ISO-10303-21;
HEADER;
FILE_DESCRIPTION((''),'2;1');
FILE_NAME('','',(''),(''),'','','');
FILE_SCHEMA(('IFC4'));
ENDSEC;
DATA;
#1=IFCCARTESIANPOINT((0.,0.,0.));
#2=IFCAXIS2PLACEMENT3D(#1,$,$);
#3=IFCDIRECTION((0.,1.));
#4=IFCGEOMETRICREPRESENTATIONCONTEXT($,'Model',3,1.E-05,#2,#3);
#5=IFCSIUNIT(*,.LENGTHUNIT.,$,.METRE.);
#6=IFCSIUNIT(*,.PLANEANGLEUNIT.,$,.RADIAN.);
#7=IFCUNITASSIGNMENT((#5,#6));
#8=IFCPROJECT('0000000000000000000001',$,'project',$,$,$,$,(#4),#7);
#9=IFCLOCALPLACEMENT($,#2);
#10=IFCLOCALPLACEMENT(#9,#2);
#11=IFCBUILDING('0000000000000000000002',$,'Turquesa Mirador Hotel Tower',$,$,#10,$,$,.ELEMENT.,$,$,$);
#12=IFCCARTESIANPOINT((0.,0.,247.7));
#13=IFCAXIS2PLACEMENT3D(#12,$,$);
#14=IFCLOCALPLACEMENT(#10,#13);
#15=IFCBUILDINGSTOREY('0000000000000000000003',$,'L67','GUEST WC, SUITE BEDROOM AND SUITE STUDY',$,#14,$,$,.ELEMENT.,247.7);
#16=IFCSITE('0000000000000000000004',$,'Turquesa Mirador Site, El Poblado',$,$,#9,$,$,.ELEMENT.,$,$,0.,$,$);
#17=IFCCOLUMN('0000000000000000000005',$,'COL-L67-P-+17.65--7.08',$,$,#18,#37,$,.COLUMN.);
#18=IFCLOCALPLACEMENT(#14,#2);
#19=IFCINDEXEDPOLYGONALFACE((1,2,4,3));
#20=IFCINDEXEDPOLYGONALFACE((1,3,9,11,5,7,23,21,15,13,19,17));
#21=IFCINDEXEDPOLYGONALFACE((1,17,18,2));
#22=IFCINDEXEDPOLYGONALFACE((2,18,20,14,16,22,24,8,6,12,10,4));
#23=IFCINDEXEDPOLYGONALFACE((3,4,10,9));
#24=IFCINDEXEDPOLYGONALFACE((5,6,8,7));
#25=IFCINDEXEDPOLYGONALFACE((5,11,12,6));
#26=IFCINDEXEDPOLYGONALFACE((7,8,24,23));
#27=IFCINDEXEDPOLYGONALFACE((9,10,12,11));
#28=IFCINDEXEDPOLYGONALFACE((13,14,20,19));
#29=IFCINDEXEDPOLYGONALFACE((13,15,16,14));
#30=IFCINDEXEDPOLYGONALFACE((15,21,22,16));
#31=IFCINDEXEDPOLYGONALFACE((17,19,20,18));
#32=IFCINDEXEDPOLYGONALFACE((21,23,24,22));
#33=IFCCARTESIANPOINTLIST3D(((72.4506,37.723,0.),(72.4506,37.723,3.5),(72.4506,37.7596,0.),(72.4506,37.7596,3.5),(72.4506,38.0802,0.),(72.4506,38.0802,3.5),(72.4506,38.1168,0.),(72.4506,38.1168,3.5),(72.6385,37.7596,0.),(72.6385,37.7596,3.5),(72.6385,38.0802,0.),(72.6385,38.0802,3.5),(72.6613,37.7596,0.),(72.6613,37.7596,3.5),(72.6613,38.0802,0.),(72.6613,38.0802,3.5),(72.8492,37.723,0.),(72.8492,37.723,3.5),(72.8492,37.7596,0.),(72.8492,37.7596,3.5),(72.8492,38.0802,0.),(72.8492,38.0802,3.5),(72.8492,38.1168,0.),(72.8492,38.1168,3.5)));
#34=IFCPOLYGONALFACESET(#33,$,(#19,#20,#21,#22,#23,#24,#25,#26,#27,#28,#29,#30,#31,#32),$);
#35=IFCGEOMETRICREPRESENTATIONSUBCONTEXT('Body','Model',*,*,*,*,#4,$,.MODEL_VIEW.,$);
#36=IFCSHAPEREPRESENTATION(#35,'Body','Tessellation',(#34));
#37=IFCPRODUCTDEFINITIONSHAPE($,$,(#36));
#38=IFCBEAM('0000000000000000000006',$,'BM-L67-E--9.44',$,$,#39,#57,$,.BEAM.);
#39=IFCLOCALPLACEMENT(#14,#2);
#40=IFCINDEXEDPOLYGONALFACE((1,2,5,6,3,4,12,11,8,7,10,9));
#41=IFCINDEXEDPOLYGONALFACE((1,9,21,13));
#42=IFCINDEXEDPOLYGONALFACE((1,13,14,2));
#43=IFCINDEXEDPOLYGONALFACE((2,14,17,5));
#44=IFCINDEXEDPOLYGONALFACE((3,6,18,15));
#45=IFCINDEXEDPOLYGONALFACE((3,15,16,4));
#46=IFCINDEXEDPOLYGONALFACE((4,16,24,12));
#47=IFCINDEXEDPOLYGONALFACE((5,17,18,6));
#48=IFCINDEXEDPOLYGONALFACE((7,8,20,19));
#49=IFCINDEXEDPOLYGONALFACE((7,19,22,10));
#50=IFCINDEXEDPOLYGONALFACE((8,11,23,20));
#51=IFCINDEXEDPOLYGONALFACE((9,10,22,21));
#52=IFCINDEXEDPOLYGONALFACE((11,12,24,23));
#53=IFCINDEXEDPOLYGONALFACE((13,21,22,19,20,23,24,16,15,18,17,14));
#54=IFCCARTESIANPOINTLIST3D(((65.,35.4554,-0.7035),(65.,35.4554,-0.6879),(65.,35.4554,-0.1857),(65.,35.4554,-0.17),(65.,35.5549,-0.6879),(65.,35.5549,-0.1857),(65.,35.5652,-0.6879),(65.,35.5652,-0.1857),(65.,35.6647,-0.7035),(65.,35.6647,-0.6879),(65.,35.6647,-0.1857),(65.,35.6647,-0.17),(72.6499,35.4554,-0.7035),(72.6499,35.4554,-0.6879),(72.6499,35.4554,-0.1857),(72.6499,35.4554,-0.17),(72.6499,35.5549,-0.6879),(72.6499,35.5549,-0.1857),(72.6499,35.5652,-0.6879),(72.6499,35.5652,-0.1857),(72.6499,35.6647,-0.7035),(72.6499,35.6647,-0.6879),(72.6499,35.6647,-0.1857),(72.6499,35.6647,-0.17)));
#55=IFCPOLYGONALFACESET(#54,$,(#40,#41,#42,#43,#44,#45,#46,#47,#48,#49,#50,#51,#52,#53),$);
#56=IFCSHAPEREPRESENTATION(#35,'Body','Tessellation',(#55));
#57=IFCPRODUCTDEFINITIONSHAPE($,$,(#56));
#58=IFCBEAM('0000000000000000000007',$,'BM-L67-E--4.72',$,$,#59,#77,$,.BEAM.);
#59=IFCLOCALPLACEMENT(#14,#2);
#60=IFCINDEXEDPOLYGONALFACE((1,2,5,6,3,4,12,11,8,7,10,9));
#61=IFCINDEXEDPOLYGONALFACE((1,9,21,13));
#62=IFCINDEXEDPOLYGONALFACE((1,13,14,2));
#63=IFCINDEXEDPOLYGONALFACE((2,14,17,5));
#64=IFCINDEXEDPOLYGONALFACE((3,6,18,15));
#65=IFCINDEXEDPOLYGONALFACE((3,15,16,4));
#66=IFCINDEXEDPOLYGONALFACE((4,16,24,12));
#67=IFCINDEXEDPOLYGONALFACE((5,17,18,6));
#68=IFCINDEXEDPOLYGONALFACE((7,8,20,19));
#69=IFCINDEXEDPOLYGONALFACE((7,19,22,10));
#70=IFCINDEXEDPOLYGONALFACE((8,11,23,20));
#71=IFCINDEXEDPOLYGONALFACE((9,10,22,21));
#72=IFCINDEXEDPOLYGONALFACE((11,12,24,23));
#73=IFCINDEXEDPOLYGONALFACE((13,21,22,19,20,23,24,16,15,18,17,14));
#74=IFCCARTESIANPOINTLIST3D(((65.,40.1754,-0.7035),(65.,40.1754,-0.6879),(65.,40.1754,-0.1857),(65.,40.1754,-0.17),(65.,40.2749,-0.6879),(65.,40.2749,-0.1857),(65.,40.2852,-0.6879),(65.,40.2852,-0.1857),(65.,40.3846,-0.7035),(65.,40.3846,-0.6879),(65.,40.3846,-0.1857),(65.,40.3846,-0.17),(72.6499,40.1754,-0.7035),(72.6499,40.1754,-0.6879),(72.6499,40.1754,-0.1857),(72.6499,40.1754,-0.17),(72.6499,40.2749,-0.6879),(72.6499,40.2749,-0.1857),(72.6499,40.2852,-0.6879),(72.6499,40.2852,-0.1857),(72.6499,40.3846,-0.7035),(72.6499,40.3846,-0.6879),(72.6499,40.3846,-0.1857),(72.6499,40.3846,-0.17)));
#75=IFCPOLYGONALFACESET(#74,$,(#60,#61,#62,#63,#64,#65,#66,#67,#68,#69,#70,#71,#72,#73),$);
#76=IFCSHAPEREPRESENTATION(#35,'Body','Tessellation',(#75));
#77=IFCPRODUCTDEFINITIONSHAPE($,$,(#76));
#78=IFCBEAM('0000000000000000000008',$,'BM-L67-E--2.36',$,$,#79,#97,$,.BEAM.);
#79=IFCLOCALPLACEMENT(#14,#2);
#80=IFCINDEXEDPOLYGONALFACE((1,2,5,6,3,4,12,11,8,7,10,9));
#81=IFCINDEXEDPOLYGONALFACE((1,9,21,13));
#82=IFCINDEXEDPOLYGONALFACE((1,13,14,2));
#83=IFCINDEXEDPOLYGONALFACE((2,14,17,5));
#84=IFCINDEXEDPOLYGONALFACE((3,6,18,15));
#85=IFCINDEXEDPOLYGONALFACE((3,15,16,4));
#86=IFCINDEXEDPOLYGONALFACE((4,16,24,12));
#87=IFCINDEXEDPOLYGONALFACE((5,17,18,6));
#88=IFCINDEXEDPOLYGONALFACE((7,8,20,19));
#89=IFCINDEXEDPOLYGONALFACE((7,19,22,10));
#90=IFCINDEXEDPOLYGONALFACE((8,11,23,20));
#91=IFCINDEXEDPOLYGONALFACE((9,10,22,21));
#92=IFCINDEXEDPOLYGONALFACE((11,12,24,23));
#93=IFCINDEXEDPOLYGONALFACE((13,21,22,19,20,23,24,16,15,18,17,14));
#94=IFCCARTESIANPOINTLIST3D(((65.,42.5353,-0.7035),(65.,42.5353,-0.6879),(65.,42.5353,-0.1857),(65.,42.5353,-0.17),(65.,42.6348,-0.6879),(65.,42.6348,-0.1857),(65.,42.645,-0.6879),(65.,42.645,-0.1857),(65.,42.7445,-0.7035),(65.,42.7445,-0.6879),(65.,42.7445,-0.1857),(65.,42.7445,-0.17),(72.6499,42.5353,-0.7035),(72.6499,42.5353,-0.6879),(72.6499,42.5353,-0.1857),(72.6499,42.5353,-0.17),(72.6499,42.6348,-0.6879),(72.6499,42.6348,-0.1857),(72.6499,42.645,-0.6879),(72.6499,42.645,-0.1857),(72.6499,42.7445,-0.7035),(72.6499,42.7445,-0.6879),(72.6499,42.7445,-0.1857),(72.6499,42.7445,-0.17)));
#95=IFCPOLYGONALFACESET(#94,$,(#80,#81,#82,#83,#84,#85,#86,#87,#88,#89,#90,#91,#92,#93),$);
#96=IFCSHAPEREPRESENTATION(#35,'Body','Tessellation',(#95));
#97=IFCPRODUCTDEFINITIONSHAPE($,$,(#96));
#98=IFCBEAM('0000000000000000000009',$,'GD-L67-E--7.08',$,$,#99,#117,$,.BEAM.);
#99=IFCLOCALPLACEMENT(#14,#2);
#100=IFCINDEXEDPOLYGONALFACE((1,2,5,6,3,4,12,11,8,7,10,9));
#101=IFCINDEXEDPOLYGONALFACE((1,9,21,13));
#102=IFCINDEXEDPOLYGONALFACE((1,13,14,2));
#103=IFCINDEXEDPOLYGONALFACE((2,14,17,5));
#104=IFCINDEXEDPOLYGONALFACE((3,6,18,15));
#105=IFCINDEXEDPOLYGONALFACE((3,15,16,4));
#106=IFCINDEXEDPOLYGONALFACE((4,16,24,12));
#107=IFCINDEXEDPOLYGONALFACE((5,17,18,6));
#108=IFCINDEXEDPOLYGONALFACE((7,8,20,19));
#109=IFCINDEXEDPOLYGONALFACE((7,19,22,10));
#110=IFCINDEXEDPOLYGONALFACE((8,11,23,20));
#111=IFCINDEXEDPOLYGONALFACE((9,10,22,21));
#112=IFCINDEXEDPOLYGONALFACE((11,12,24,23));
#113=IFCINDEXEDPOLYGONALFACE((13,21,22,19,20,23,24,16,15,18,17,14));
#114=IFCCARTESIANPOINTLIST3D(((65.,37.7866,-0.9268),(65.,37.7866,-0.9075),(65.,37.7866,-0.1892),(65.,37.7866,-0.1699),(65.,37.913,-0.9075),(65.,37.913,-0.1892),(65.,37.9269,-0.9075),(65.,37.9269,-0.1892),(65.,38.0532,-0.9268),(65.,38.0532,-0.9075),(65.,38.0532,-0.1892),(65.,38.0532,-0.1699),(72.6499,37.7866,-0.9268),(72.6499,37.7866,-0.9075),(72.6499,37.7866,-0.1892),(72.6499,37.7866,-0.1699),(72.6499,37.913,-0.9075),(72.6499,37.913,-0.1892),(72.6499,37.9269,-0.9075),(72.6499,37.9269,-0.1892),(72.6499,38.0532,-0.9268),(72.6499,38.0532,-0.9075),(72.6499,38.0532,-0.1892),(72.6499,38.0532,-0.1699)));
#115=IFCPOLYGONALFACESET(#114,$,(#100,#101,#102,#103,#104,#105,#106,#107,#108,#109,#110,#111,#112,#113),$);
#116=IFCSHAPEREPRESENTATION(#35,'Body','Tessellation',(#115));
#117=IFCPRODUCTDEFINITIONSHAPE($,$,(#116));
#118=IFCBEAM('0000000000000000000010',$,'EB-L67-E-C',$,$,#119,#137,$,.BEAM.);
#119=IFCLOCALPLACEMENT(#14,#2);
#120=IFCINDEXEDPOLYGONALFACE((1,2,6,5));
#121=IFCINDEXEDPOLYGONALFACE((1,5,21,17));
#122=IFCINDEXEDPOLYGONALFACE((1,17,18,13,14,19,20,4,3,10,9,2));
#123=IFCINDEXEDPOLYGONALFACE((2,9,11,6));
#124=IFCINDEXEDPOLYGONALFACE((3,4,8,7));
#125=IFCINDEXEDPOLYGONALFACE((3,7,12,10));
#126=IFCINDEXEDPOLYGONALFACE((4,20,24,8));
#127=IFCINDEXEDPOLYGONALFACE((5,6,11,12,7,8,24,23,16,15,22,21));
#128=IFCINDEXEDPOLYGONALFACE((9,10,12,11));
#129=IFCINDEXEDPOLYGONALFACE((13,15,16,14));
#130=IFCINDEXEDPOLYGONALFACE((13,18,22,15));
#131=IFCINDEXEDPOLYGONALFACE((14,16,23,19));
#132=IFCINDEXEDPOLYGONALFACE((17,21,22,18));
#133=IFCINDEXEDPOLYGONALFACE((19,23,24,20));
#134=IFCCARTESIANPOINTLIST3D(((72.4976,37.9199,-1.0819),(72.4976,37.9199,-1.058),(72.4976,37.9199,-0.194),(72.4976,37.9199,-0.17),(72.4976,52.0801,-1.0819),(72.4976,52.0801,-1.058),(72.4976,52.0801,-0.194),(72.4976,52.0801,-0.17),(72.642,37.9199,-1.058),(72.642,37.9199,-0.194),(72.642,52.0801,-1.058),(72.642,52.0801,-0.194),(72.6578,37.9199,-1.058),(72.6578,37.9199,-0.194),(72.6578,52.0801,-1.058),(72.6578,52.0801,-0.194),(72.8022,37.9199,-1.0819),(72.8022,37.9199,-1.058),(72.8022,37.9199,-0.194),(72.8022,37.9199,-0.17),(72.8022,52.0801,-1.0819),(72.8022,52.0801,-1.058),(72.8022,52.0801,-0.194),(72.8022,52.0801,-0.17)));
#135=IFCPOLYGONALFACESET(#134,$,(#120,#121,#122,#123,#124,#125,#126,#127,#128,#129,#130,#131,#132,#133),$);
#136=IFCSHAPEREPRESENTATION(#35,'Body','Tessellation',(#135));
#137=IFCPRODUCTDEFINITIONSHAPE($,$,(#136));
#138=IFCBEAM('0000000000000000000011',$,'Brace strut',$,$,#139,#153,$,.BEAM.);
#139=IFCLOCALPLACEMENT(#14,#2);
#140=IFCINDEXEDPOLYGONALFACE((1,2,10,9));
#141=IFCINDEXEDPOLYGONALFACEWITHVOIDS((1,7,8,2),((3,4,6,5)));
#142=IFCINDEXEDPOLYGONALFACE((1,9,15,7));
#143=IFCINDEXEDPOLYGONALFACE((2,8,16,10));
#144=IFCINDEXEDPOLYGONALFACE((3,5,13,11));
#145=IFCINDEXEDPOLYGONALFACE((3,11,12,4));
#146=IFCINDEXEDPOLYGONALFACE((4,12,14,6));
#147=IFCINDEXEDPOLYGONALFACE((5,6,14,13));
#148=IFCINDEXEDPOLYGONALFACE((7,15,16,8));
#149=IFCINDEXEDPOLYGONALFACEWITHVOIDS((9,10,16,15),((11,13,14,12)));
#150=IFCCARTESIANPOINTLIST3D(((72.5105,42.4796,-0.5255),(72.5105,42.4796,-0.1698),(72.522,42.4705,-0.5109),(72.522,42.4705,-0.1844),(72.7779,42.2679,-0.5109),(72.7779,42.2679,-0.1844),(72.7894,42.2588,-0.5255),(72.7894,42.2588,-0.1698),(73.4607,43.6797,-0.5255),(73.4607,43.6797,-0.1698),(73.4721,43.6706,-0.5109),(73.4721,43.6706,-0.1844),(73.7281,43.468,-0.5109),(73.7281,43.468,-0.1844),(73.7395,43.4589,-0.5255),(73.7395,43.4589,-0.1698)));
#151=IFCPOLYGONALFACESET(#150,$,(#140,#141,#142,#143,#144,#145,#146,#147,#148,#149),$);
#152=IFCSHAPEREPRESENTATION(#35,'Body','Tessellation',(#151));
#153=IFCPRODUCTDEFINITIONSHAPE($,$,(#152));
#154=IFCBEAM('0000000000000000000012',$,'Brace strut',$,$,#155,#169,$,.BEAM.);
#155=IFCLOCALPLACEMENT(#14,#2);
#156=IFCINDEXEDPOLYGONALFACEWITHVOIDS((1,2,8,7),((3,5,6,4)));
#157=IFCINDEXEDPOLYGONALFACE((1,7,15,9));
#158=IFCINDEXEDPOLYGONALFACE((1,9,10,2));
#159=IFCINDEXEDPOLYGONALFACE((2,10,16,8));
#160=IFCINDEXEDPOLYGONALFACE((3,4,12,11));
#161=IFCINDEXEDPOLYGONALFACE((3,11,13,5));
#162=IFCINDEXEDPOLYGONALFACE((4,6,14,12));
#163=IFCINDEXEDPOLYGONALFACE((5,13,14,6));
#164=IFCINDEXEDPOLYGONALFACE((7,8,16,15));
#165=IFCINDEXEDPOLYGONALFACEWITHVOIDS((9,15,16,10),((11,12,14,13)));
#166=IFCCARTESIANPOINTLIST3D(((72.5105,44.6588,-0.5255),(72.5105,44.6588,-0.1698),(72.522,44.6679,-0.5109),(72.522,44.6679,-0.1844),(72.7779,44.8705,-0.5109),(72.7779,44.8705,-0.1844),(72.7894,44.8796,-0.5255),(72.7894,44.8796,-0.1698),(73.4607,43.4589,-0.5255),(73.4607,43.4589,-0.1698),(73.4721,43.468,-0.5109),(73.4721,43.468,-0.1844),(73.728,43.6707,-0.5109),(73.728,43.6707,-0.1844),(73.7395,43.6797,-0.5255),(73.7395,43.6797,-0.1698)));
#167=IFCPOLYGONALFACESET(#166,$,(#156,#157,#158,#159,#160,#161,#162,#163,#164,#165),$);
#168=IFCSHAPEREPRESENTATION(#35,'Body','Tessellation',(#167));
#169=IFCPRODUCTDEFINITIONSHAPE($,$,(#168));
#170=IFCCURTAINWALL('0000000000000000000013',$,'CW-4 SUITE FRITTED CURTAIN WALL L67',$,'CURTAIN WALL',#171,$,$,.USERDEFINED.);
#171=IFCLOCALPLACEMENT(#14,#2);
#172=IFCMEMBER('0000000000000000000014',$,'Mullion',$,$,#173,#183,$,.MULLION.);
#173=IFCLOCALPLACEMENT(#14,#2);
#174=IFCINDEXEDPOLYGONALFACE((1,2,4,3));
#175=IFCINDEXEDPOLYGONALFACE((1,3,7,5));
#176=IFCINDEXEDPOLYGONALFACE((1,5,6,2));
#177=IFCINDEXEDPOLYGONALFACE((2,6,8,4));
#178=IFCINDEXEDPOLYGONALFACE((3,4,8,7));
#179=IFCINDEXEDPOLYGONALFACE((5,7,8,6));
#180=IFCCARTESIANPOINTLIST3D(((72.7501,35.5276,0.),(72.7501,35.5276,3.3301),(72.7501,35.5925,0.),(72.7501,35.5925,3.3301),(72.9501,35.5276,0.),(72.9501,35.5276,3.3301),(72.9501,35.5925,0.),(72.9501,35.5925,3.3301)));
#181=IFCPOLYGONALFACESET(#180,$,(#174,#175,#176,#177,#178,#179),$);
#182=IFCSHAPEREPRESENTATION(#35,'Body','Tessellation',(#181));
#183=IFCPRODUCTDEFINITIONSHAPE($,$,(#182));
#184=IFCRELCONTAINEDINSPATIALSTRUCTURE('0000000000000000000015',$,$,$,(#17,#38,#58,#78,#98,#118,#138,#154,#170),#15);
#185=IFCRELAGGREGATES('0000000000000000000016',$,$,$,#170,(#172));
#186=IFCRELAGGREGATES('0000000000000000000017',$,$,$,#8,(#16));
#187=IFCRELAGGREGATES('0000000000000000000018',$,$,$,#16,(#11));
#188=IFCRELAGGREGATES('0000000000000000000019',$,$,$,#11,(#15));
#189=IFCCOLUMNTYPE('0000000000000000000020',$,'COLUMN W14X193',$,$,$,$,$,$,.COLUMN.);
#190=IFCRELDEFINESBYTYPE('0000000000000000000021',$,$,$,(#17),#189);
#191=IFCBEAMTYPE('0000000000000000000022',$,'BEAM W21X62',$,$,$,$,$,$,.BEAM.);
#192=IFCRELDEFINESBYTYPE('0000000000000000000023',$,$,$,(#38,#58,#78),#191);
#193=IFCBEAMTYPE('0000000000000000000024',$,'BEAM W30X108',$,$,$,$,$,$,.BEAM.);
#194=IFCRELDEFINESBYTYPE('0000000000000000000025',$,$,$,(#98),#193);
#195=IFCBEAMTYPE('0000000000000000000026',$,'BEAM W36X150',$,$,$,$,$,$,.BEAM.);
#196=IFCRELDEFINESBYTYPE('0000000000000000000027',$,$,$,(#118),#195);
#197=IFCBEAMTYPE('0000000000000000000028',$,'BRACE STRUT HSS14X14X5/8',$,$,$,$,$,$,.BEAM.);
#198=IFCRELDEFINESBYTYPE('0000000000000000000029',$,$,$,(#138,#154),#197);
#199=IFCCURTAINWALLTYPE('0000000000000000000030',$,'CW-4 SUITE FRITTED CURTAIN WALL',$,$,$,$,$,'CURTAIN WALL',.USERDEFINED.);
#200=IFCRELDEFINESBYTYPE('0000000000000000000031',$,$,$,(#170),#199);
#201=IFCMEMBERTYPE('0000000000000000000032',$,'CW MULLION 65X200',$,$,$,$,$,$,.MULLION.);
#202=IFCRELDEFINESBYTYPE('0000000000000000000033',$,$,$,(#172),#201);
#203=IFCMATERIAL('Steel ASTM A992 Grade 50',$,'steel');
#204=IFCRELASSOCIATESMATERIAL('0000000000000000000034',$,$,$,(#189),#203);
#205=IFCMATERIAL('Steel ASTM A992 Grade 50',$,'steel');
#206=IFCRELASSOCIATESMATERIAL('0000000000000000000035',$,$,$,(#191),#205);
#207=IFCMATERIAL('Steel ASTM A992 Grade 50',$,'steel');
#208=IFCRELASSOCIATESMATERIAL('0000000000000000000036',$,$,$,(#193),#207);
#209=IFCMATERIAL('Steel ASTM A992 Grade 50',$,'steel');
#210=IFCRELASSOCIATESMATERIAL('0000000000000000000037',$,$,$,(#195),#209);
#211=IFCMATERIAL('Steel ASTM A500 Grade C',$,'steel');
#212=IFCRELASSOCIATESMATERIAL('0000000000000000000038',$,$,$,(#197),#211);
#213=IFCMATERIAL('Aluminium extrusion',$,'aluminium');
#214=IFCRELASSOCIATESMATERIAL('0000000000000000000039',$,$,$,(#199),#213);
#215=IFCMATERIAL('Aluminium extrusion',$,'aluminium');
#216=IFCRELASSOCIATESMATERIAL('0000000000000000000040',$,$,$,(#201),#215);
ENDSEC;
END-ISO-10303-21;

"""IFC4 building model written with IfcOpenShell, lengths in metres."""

from ifc_helpers import new_model, si_unit, direction, frame, origin, origin_2d, place, context, subcontext, project, spatial, rectangle, hollow_rectangle, i_section, extrude, material, material_profile, profile_set, type_object, element, aggregate, save


model = new_model("IFC4")

# Units and contexts
model_context = context("Model", 3, precision=1e-05, world=origin(), true_north=direction((0.0, 1.0)))
body_context = subcontext(model_context, "Body", "Model", "MODEL_VIEW")
ifc_project = project(units=[si_unit("LENGTHUNIT", "METRE"), si_unit("PLANEANGLEUNIT", "RADIAN")], contexts=[model_context])

# Site, building, storey
site_placement = place(None, origin())
site = spatial("IfcSite", under=ifc_project, at=site_placement, Name="Turquesa Mirador Site, El Poblado", CompositionType="ELEMENT", RefElevation=0.0)
building_placement = place(site_placement, origin())
building = spatial("IfcBuilding", under=site, at=building_placement, Name="Turquesa Mirador Hotel Tower", CompositionType="ELEMENT")
storey_placement = place(building_placement, frame((0.0, 0.0, 247.7)))
storey = spatial("IfcBuildingStorey", under=building, at=storey_placement, Name="L67", Description="GUEST WC, SUITE BEDROOM AND SUITE STUDY", CompositionType="ELEMENT", Elevation=247.7)

# Column
ifc_material_1 = material(Name="Steel ASTM A992 Grade 50", Category="steel")
ifc_material_profile_1 = material_profile(ifc_material_1, i_section(OverallWidth=0.3987, OverallDepth=0.3938, WebThickness=0.0227, FlangeThickness=0.0366, at=origin_2d()), Name="W14X193")
ifc_profile_set_1 = profile_set([ifc_material_profile_1], Name="Steel ASTM A992 Grade 50")
column_type = type_object("IfcColumnType", Name="COLUMN W14X193", PredefinedType="COLUMN", material=ifc_profile_set_1)
column_placement = place(storey_placement, frame((72.6499, 37.9199, 0.0), z_axis=(0.0, 0.0, 1.0), x_axis=(1.0, 0.0, 0.0)))
element("IfcColumn", 1, at=column_placement, inside=storey, type_object=column_type, Name="COL-L67-P-+17.65--7.08", PredefinedType="COLUMN", context=body_context, shape_type="SweptSolid", body=[
    extrude(i_section(OverallWidth=0.3987, OverallDepth=0.3938, WebThickness=0.0227, FlangeThickness=0.0366, at=origin_2d()), origin(), (0.0, 0.0, 1.0), 3.5),
])

# Beams
ifc_material_2 = material(Name="Steel ASTM A992 Grade 50", Category="steel")
ifc_material_profile_2 = material_profile(ifc_material_2, i_section(OverallWidth=0.2092, OverallDepth=0.5334, WebThickness=0.0103, FlangeThickness=0.0156, at=origin_2d()), Name="W21X62")
ifc_profile_set_2 = profile_set([ifc_material_profile_2], Name="Steel ASTM A992 Grade 50")
beam_type_1 = type_object("IfcBeamType", Name="BEAM W21X62", PredefinedType="BEAM", material=ifc_profile_set_2)
for number, where, z_axis, x_axis, name in (
    (2, (72.6499, 35.5601, -0.4368), (-1.0, 0.0, 0.0), (0.0, -1.0, 0.0), "BM-L67-E--9.44"),
    (3, (72.6499, 40.28, -0.4368), (-1.0, 0.0, 0.0), (0.0, -1.0, 0.0), "BM-L67-E--4.72"),
    (4, (72.6499, 42.6399, -0.4368), (-1.0, 0.0, 0.0), (0.0, -1.0, 0.0), "BM-L67-E--2.36"),
):
    element("IfcBeam", number, at=place(storey_placement, frame(where, z_axis=z_axis, x_axis=x_axis)), inside=storey, type_object=beam_type_1, Name=name, PredefinedType="BEAM", context=body_context, shape_type="SweptSolid", body=[
        extrude(i_section(OverallWidth=0.2092, OverallDepth=0.5334, WebThickness=0.0103, FlangeThickness=0.0156, at=origin_2d()), origin(), (0.0, 0.0, 1.0), 7.6499),
    ])
ifc_material_3 = material(Name="Steel ASTM A992 Grade 50", Category="steel")
ifc_material_profile_3 = material_profile(ifc_material_3, i_section(OverallWidth=0.2666, OverallDepth=0.7568, WebThickness=0.0139, FlangeThickness=0.0193, at=origin_2d()), Name="W30X108")
ifc_profile_set_3 = profile_set([ifc_material_profile_3], Name="Steel ASTM A992 Grade 50")
beam_type_2 = type_object("IfcBeamType", Name="BEAM W30X108", PredefinedType="BEAM", material=ifc_profile_set_3)
beam_1_placement = place(storey_placement, frame((72.6499, 37.9199, -0.5483), z_axis=(-1.0, 0.0, 0.0), x_axis=(0.0, -1.0, 0.0)))
element("IfcBeam", 5, at=beam_1_placement, inside=storey, type_object=beam_type_2, Name="GD-L67-E--7.08", PredefinedType="BEAM", context=body_context, shape_type="SweptSolid", body=[
    extrude(i_section(OverallWidth=0.2666, OverallDepth=0.7568, WebThickness=0.0139, FlangeThickness=0.0193, at=origin_2d()), origin(), (0.0, 0.0, 1.0), 7.6499),
])
ifc_material_4 = material(Name="Steel ASTM A992 Grade 50", Category="steel")
ifc_material_profile_4 = material_profile(ifc_material_4, i_section(OverallWidth=0.3047, OverallDepth=0.9119, WebThickness=0.0159, FlangeThickness=0.0239, at=origin_2d()), Name="W36X150")
ifc_profile_set_4 = profile_set([ifc_material_profile_4], Name="Steel ASTM A992 Grade 50")
beam_type_3 = type_object("IfcBeamType", Name="BEAM W36X150", PredefinedType="BEAM", material=ifc_profile_set_4)
beam_2_placement = place(storey_placement, frame((72.6499, 37.9199, -0.626), z_axis=(0.0, 1.0, 0.0), x_axis=(-1.0, 0.0, 0.0)))
element("IfcBeam", 6, at=beam_2_placement, inside=storey, type_object=beam_type_3, Name="EB-L67-E-C", PredefinedType="BEAM", context=body_context, shape_type="SweptSolid", body=[
    extrude(i_section(OverallWidth=0.3047, OverallDepth=0.9119, WebThickness=0.0159, FlangeThickness=0.0239, at=origin_2d()), origin(), (0.0, 0.0, 1.0), 14.1602),
])
ifc_material_5 = material(Name="Steel ASTM A500 Grade C", Category="steel")
ifc_material_profile_5 = material_profile(ifc_material_5, hollow_rectangle(XDim=0.3557, YDim=0.3557, WallThickness=0.0146, at=origin_2d()), Name="HSS14X14X5/8")
ifc_profile_set_5 = profile_set([ifc_material_profile_5], Name="Steel ASTM A500 Grade C")
beam_type_4 = type_object("IfcBeamType", Name="BRACE STRUT HSS14X14X5/8", PredefinedType="BEAM", material=ifc_profile_set_5)
beam_3_placement = place(storey_placement, frame((73.6001, 43.5693, -0.3477), z_axis=(-0.620719, -0.784033, 0.0), x_axis=(0.784033, -0.620719, 0.0)))
element("IfcBeam", 7, at=beam_3_placement, inside=storey, type_object=beam_type_4, Name="Brace strut", PredefinedType="BEAM", context=body_context, shape_type="SweptSolid", body=[
    extrude(hollow_rectangle(XDim=0.3557, YDim=0.3557, WallThickness=0.0146, at=origin_2d()), origin(), (0.0, 0.0, 1.0), 1.5308),
])
beam_4_placement = place(storey_placement, frame((73.6001, 43.5693, -0.3477), z_axis=(-0.620797, 0.783971, 0.0), x_axis=(-0.783971, -0.620797, 0.0)))
element("IfcBeam", 8, at=beam_4_placement, inside=storey, type_object=beam_type_4, Name="Brace strut", PredefinedType="BEAM", context=body_context, shape_type="SweptSolid", body=[
    extrude(hollow_rectangle(XDim=0.3557, YDim=0.3557, WallThickness=0.0146, at=origin_2d()), origin(), (0.0, 0.0, 1.0), 1.5305),
])

# Curtain wall, member
ifc_material_6 = material(Name="Aluminium extrusion", Category="aluminium")
curtain_wall_type = type_object("IfcCurtainWallType", Name="CW-4 SUITE FRITTED CURTAIN WALL", ElementType="CURTAIN WALL", PredefinedType="USERDEFINED", material=ifc_material_6)
curtain_wall_1_placement = place(storey_placement, origin())
curtain_wall_1 = element("IfcCurtainWall", 9, at=curtain_wall_1_placement, inside=storey, type_object=curtain_wall_type, Name="CW-4 SUITE FRITTED CURTAIN WALL L67", ObjectType="CURTAIN WALL", PredefinedType="USERDEFINED")
ifc_material_7 = material(Name="Aluminium extrusion", Category="aluminium")
ifc_material_profile_6 = material_profile(ifc_material_7, rectangle(XDim=0.0649, YDim=0.2, at=origin_2d()), Name="MULLION 65X200")
ifc_profile_set_6 = profile_set([ifc_material_profile_6], Name="Aluminium extrusion")
member_type_1 = type_object("IfcMemberType", Name="CW MULLION 65X200", PredefinedType="MULLION", material=ifc_profile_set_6)
member_1_placement = place(storey_placement, frame((72.8501, 35.5601, 0.0), z_axis=(0.0, 0.0, 1.0), x_axis=(0.0, 1.0, 0.0)))
member_1 = element("IfcMember", 10, at=member_1_placement, type_object=member_type_1, Name="Mullion", PredefinedType="MULLION", context=body_context, shape_type="SweptSolid", body=[
    extrude(rectangle(XDim=0.0649, YDim=0.2, at=origin_2d()), origin(), (0.0, 0.0, 1.0), 3.3301),
])

aggregate(curtain_wall_1, [member_1])

save(model, "model.ifc")
